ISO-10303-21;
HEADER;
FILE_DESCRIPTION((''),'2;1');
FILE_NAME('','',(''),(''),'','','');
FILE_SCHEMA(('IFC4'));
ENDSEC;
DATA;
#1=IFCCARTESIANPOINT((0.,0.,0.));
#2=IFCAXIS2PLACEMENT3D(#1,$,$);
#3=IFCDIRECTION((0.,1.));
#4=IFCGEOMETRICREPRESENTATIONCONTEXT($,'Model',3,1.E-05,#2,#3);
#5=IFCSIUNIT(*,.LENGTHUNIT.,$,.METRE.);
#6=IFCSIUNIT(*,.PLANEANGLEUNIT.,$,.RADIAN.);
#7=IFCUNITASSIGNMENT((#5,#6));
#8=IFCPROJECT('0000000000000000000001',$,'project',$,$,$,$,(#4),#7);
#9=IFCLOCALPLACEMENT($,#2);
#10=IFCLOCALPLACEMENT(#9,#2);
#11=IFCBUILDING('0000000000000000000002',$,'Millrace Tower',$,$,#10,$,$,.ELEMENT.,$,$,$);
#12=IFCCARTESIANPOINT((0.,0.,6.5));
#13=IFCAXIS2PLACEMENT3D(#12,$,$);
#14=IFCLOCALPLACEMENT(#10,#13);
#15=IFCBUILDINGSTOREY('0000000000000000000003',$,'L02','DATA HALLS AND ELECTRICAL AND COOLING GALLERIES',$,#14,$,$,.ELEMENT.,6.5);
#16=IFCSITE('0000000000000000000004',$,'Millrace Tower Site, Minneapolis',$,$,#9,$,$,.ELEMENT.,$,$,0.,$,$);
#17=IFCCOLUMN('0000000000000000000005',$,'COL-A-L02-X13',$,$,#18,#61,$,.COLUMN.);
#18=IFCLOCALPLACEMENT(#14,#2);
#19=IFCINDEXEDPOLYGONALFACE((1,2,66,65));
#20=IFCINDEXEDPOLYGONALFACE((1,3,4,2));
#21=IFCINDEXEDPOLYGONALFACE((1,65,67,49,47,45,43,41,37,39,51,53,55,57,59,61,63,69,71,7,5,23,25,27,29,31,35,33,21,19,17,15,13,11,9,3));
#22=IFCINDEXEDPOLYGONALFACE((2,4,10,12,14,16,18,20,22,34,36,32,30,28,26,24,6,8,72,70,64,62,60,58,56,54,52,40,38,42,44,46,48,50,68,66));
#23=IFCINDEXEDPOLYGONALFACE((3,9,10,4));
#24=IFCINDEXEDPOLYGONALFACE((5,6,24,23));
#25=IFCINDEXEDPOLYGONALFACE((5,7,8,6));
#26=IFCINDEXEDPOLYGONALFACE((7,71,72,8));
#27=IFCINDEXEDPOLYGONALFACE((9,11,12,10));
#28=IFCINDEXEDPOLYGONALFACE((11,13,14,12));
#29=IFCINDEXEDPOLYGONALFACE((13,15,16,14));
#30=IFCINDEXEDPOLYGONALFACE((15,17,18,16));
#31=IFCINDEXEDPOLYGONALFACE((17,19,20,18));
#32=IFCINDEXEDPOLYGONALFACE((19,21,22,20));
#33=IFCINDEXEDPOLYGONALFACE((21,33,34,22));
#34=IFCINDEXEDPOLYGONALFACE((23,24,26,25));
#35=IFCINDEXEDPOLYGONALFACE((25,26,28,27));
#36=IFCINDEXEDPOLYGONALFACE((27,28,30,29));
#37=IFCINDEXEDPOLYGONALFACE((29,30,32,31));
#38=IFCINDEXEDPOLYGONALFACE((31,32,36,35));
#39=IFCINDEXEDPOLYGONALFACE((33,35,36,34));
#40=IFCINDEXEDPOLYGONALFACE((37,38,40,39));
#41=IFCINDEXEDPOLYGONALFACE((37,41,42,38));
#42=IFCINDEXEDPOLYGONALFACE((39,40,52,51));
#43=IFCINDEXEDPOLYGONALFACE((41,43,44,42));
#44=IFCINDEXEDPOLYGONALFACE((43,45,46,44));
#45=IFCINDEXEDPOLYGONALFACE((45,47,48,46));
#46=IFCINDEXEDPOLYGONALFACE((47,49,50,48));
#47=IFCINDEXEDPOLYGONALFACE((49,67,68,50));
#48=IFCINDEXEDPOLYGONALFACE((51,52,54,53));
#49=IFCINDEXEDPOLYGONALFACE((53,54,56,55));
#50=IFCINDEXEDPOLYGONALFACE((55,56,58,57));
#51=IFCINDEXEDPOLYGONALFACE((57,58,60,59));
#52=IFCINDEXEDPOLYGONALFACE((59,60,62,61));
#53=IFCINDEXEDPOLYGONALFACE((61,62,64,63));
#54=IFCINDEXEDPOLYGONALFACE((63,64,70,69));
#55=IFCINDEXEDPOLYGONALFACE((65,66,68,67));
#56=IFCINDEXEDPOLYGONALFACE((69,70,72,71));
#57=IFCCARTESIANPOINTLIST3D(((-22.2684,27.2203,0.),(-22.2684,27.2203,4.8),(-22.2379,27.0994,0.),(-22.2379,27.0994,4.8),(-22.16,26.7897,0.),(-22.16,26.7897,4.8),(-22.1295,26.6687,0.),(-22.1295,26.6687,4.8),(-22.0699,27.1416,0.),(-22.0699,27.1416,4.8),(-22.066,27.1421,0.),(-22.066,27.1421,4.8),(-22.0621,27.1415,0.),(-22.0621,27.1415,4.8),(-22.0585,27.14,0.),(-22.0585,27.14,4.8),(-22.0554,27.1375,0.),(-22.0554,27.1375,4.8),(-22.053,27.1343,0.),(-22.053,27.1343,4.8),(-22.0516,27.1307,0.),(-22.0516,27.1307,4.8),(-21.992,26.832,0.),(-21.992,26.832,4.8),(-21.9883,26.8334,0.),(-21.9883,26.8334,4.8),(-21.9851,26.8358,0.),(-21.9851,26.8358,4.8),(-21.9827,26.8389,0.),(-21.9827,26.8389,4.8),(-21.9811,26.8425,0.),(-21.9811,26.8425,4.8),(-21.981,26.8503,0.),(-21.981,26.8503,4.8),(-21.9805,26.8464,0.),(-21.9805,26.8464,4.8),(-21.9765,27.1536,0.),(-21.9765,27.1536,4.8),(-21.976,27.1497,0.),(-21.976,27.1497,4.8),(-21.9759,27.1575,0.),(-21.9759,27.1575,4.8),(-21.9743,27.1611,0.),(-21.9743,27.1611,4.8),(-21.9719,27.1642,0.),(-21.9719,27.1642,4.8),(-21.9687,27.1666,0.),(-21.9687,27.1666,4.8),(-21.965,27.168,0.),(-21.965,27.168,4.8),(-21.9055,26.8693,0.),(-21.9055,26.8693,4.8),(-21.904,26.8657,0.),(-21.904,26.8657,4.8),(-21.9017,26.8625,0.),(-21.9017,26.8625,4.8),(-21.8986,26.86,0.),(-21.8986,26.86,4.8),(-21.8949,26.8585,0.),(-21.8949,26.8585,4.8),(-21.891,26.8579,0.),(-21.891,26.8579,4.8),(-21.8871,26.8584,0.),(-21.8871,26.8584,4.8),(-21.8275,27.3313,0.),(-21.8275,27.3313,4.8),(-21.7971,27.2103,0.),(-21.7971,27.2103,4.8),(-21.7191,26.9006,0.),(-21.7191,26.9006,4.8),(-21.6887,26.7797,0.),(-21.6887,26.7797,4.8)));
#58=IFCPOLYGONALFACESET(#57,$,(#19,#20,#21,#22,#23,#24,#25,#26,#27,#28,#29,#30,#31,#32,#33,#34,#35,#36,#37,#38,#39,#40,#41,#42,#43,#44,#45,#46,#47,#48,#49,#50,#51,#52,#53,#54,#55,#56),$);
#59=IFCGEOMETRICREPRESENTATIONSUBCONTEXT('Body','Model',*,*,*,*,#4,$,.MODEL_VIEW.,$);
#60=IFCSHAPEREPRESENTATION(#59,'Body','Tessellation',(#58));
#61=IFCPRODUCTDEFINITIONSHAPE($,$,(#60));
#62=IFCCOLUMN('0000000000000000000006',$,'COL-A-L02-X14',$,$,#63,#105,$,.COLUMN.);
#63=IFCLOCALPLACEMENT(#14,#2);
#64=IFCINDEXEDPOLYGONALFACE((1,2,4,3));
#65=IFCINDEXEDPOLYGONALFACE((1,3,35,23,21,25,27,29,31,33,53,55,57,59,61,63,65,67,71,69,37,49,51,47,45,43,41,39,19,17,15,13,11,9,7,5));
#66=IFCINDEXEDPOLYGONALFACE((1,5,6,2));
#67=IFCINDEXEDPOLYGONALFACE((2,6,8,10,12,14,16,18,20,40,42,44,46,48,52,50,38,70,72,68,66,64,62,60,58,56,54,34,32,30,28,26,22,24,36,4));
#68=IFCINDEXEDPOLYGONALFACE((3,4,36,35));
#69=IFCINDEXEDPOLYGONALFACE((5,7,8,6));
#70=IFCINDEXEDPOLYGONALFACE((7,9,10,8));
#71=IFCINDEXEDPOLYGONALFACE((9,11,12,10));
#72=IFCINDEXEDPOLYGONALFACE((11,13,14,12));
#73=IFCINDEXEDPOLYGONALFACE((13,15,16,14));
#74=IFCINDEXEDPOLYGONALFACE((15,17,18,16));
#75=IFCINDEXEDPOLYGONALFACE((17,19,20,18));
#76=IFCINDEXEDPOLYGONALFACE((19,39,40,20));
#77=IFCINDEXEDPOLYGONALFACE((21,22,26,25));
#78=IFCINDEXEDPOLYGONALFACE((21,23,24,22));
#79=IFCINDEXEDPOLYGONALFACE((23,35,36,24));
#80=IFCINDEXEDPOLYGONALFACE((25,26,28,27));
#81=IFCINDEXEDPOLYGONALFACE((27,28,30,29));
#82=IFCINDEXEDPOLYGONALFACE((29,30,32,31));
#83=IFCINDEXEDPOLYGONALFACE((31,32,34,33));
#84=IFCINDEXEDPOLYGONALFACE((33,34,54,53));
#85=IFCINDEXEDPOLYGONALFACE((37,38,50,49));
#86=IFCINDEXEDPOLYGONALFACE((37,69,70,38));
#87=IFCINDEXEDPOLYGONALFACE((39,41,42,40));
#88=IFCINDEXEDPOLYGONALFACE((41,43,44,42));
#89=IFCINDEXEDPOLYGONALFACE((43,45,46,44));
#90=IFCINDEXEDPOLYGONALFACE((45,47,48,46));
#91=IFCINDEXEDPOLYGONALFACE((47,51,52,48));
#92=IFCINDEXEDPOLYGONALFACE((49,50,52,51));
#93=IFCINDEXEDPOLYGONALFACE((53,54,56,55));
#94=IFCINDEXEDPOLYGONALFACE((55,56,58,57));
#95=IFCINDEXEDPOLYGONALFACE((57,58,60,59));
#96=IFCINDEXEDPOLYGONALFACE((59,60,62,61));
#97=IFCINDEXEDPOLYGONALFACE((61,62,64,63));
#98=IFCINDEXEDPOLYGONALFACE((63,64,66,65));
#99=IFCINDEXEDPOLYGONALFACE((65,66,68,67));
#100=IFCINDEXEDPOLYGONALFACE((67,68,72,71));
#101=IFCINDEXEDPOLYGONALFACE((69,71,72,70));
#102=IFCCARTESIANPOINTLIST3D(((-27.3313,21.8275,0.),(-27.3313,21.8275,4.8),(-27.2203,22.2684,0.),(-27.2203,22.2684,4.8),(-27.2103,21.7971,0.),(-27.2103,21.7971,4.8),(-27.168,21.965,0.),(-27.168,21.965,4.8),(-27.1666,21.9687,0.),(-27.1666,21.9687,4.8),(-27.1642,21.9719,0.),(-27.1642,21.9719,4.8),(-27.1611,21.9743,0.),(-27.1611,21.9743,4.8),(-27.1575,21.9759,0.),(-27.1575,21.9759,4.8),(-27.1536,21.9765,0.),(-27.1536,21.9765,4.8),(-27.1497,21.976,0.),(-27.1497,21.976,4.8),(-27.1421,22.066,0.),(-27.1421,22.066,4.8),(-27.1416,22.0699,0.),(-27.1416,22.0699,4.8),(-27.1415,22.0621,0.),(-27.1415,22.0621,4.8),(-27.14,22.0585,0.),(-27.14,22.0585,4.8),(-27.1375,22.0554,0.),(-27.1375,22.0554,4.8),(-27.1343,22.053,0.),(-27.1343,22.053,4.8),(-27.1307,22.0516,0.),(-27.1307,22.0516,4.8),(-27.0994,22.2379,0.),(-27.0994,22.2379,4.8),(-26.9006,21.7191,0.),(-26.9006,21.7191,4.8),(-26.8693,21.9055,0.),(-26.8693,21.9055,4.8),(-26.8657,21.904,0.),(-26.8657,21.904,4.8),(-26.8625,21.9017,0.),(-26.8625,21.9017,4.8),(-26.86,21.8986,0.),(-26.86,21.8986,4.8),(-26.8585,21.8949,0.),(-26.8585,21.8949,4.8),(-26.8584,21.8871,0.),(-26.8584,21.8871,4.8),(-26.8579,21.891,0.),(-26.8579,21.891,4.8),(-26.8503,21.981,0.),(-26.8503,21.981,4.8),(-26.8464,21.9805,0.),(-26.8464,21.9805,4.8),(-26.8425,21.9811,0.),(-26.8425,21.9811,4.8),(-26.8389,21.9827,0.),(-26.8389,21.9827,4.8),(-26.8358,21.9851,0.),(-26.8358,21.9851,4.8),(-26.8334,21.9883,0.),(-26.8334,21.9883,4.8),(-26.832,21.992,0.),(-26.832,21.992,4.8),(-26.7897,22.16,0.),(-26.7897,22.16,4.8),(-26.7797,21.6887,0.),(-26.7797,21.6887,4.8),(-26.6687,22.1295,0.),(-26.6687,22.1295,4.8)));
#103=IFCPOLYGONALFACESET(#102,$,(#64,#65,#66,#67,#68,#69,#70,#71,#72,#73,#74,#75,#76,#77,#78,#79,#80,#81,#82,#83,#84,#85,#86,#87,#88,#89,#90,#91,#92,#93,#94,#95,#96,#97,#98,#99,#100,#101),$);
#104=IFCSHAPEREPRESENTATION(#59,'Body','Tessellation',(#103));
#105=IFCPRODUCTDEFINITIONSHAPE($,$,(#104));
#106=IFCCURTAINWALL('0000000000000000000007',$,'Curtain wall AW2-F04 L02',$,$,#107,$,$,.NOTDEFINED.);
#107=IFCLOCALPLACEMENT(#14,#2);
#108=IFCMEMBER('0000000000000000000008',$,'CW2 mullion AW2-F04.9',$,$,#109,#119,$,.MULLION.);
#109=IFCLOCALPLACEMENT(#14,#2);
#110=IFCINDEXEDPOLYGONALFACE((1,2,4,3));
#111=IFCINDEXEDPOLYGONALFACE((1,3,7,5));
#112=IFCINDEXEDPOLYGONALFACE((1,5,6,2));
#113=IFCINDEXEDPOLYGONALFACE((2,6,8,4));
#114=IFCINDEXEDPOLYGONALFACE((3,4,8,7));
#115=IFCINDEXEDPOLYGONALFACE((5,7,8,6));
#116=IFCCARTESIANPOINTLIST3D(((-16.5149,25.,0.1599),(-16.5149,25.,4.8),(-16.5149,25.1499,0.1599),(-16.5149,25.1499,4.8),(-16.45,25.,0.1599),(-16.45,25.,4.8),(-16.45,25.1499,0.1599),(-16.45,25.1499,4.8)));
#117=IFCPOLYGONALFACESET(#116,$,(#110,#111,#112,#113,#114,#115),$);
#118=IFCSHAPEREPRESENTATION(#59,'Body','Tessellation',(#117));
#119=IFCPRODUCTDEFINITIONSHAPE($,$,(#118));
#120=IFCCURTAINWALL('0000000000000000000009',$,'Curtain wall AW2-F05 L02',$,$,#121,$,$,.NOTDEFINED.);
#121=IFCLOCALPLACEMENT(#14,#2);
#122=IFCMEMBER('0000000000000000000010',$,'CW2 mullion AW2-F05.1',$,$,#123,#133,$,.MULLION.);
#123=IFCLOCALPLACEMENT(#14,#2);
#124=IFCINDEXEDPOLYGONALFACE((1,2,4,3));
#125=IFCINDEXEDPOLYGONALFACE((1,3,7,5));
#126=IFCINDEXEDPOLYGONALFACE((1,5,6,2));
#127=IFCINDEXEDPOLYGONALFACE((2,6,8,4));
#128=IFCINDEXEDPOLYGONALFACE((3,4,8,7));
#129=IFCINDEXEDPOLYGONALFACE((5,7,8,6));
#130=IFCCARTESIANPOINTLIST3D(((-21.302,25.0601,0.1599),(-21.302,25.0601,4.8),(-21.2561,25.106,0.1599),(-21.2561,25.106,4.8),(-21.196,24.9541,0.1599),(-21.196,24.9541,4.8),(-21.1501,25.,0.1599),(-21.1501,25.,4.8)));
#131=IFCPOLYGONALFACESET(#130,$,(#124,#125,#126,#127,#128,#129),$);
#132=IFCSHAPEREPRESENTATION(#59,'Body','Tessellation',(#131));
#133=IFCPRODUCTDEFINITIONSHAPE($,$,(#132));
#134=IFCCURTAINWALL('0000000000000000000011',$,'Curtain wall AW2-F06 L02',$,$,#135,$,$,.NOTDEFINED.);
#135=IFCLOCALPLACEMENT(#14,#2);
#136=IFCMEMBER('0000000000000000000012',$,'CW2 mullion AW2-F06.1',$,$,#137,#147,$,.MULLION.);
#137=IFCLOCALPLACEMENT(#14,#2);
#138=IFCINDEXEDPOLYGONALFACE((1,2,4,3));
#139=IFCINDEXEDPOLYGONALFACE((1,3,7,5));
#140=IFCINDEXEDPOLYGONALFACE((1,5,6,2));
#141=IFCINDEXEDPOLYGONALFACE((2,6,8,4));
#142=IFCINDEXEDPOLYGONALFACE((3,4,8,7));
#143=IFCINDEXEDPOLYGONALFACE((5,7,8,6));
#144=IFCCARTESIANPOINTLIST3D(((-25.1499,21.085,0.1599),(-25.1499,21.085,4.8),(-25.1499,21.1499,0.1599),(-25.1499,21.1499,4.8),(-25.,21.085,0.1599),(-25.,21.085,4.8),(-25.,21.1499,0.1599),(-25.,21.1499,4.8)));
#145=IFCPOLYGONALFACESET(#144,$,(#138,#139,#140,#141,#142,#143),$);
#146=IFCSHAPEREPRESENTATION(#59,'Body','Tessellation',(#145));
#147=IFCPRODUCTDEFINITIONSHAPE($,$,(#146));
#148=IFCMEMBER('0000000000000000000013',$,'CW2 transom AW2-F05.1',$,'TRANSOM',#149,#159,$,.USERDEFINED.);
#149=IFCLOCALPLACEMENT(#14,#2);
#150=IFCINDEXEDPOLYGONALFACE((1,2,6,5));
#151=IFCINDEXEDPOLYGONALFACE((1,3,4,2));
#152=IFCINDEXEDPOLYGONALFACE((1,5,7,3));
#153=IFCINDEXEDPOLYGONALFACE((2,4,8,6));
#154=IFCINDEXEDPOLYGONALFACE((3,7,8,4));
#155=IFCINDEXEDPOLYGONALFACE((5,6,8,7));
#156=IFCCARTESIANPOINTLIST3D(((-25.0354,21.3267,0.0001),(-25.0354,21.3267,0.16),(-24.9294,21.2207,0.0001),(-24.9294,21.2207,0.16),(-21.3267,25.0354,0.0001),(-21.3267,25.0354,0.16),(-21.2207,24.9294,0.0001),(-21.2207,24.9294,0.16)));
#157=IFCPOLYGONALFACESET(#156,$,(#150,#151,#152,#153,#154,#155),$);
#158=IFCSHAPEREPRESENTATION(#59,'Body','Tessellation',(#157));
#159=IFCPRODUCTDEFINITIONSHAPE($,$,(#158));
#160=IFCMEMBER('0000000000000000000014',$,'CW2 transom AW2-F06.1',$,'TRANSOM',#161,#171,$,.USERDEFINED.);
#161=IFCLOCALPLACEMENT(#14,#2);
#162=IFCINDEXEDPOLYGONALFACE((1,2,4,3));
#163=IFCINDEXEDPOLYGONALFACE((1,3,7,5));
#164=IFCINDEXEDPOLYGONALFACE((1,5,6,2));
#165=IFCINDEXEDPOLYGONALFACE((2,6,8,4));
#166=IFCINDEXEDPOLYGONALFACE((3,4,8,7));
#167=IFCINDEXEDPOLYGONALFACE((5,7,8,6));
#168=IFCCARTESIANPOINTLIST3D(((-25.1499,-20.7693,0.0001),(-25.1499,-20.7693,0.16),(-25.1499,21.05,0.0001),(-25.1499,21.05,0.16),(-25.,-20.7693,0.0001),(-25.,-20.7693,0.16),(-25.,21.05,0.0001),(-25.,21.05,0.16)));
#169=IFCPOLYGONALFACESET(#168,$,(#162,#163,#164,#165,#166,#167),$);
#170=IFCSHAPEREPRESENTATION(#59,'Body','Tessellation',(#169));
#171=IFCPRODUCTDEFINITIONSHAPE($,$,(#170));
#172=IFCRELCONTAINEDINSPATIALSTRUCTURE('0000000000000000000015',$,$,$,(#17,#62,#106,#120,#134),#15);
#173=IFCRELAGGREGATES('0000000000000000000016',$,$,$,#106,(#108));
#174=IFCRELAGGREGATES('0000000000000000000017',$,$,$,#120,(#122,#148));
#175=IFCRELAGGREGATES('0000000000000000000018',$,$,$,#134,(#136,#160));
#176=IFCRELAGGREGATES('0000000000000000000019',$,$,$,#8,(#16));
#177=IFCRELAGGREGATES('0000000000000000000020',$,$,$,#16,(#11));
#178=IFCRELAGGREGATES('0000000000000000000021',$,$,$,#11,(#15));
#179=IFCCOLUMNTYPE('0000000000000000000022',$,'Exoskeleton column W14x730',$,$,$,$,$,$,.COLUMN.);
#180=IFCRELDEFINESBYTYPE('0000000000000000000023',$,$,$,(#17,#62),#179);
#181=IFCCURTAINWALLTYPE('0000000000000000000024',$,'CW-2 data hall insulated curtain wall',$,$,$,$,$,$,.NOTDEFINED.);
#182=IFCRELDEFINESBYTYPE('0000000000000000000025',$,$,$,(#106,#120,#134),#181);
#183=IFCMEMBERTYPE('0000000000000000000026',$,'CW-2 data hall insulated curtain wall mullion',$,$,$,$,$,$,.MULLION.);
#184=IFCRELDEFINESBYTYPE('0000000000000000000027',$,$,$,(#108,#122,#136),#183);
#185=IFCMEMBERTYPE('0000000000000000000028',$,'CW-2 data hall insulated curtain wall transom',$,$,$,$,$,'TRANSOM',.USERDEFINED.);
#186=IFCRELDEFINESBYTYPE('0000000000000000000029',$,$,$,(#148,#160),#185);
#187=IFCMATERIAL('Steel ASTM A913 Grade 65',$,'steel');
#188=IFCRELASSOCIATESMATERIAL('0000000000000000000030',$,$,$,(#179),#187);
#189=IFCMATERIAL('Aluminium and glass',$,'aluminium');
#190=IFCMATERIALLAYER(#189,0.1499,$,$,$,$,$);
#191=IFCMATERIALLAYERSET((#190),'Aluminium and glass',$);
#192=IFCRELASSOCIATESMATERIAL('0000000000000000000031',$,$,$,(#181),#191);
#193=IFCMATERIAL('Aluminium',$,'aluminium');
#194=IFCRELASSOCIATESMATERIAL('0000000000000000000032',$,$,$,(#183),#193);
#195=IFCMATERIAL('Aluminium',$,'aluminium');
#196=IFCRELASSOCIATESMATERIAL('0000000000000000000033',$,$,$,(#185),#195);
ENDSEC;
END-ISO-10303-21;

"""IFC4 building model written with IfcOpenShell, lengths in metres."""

from ifc_helpers import new_model, si_unit, direction, frame, origin, origin_2d, place, context, subcontext, project, spatial, rectangle, i_section, extrude, material, layer, layer_set, material_profile, profile_set, type_object, element, aggregate, save


model = new_model("IFC4")

# Units and contexts
model_context = context("Model", 3, precision=1e-05, world=origin(), true_north=direction((0.0, 1.0)))
body_context = subcontext(model_context, "Body", "Model", "MODEL_VIEW")
ifc_project = project(units=[si_unit("LENGTHUNIT", "METRE"), si_unit("PLANEANGLEUNIT", "RADIAN")], contexts=[model_context])

# Site, building, storey
site_placement = place(None, origin())
site = spatial("IfcSite", under=ifc_project, at=site_placement, Name="Millrace Tower Site, Minneapolis", CompositionType="ELEMENT", RefElevation=0.0)
building_placement = place(site_placement, origin())
building = spatial("IfcBuilding", under=site, at=building_placement, Name="Millrace Tower", CompositionType="ELEMENT")
storey_placement = place(building_placement, frame((0.0, 0.0, 6.5)))
storey = spatial("IfcBuildingStorey", under=building, at=storey_placement, Name="L02", Description="DATA HALLS AND ELECTRICAL AND COOLING GALLERIES", CompositionType="ELEMENT", Elevation=6.5)

# Columns
ifc_material_1 = material(Name="Steel ASTM A913 Grade 65", Category="steel")
ifc_material_profile_1 = material_profile(ifc_material_1, i_section(OverallWidth=0.4546, OverallDepth=0.5688, WebThickness=0.0779, FlangeThickness=0.1248, FilletRadius=0.0151, at=origin_2d()))
ifc_profile_set_1 = profile_set([ifc_material_profile_1], Name="Steel ASTM A913 Grade 65")
column_type = type_object("IfcColumnType", Name="Exoskeleton column W14x730", PredefinedType="COLUMN", material=ifc_profile_set_1)
for number, where, z_axis, x_axis, name in (
    (1, (-21.9785, 27.0, 0.0), (0.0, 0.0, 1.0), (-0.969752, -0.244094, 0.0), "COL-A-L02-X13"),
    (2, (-27.0, 21.9785, 0.0), (0.0, 0.0, 1.0), (-0.244094, -0.969752, 0.0), "COL-A-L02-X14"),
):
    element("IfcColumn", number, at=place(storey_placement, frame(where, z_axis=z_axis, x_axis=x_axis)), inside=storey, type_object=column_type, Name=name, PredefinedType="COLUMN", context=body_context, shape_type="SweptSolid", body=[
        extrude(i_section(OverallWidth=0.4546, OverallDepth=0.5688, WebThickness=0.0779, FlangeThickness=0.1248, FilletRadius=0.0151, at=origin_2d()), origin(), (0.0, 0.0, 1.0), 4.8),
    ])

# Curtain walls, members
ifc_material_2 = material(Name="Aluminium and glass", Category="aluminium")
ifc_layer_1 = layer(ifc_material_2, 0.1499)
ifc_layer_set_1 = layer_set([ifc_layer_1], Name="Aluminium and glass")
curtain_wall_type = type_object("IfcCurtainWallType", Name="CW-2 data hall insulated curtain wall", PredefinedType="NOTDEFINED", material=ifc_layer_set_1)
placement = place(storey_placement, origin())
curtain_wall_1 = element("IfcCurtainWall", 3, at=placement, inside=storey, type_object=curtain_wall_type, Name="Curtain wall AW2-F04 L02", PredefinedType="NOTDEFINED")
ifc_material_3 = material(Name="Aluminium", Category="aluminium")
ifc_material_profile_2 = material_profile(ifc_material_3, rectangle(XDim=0.0649, YDim=0.1499, at=origin_2d()))
ifc_profile_set_2 = profile_set([ifc_material_profile_2], Name="Aluminium")
member_type_1 = type_object("IfcMemberType", Name="CW-2 data hall insulated curtain wall mullion", PredefinedType="MULLION", material=ifc_profile_set_2)
member_1_placement = place(storey_placement, frame((-16.4824, 25.075, 0.1599), z_axis=(0.0, 0.0, 1.0), x_axis=(-1.0, 0.0, 0.0)))
member_1 = element("IfcMember", 4, at=member_1_placement, type_object=member_type_1, Name="CW2 mullion AW2-F04.9", PredefinedType="MULLION", context=body_context, shape_type="SweptSolid", body=[
    extrude(rectangle(XDim=0.0649, YDim=0.1499, at=origin_2d()), origin(), (0.0, 0.0, 1.0), 4.6401),
])
aggregate(curtain_wall_1, [member_1])
curtain_wall_2 = element("IfcCurtainWall", 5, at=placement, inside=storey, type_object=curtain_wall_type, Name="Curtain wall AW2-F05 L02", PredefinedType="NOTDEFINED")
member_2_placement = place(storey_placement, frame((-21.2261, 25.03, 0.1599), z_axis=(0.0, 0.0, 1.0), x_axis=(-0.707107, -0.707107, 0.0)))
member_2 = element("IfcMember", 6, at=member_2_placement, type_object=member_type_1, Name="CW2 mullion AW2-F05.1", PredefinedType="MULLION", context=body_context, shape_type="SweptSolid", body=[
    extrude(rectangle(XDim=0.0649, YDim=0.1499, at=origin_2d()), origin(), (0.0, 0.0, 1.0), 4.6401),
])
curtain_wall_3 = element("IfcCurtainWall", 7, at=placement, inside=storey, type_object=curtain_wall_type, Name="Curtain wall AW2-F06 L02", PredefinedType="NOTDEFINED")
member_3_placement = place(storey_placement, frame((-25.075, 21.1174, 0.1599), z_axis=(0.0, 0.0, 1.0), x_axis=(0.0, -1.0, 0.0)))
member_3 = element("IfcMember", 8, at=member_3_placement, type_object=member_type_1, Name="CW2 mullion AW2-F06.1", PredefinedType="MULLION", context=body_context, shape_type="SweptSolid", body=[
    extrude(rectangle(XDim=0.0649, YDim=0.1499, at=origin_2d()), origin(), (0.0, 0.0, 1.0), 4.6401),
])

# Members
ifc_material_4 = material(Name="Aluminium", Category="aluminium")
ifc_material_profile_3 = material_profile(ifc_material_4, rectangle(XDim=0.1499, YDim=0.1599, at=origin_2d()))
ifc_profile_set_3 = profile_set([ifc_material_profile_3], Name="Aluminium")
member_type_2 = type_object("IfcMemberType", Name="CW-2 data hall insulated curtain wall transom", ElementType="TRANSOM", PredefinedType="USERDEFINED", material=ifc_profile_set_3)
member_4_placement = place(storey_placement, frame((-21.2737, 24.9824, 0.0801), z_axis=(-0.707107, -0.707107, 0.0), x_axis=(0.707107, -0.707107, 0.0)))
member_4 = element("IfcMember", 9, at=member_4_placement, type_object=member_type_2, Name="CW2 transom AW2-F05.1", ObjectType="TRANSOM", PredefinedType="USERDEFINED", context=body_context, shape_type="SweptSolid", body=[
    extrude(rectangle(XDim=0.1499, YDim=0.1599, at=origin_2d()), origin(), (0.0, 0.0, 1.0), 5.2449),
])
aggregate(curtain_wall_2, [member_2, member_4])
member_5_placement = place(storey_placement, frame((-25.075, 21.05, 0.0801), z_axis=(0.0, -1.0, 0.0), x_axis=(1.0, 0.0, 0.0)))
member_5 = element("IfcMember", 10, at=member_5_placement, type_object=member_type_2, Name="CW2 transom AW2-F06.1", ObjectType="TRANSOM", PredefinedType="USERDEFINED", context=body_context, shape_type="SweptSolid", body=[
    extrude(rectangle(XDim=0.1499, YDim=0.1599, at=origin_2d()), origin(), (0.0, 0.0, 1.0), 41.8193),
])
aggregate(curtain_wall_3, [member_3, member_5])

save(model, "model.ifc")
